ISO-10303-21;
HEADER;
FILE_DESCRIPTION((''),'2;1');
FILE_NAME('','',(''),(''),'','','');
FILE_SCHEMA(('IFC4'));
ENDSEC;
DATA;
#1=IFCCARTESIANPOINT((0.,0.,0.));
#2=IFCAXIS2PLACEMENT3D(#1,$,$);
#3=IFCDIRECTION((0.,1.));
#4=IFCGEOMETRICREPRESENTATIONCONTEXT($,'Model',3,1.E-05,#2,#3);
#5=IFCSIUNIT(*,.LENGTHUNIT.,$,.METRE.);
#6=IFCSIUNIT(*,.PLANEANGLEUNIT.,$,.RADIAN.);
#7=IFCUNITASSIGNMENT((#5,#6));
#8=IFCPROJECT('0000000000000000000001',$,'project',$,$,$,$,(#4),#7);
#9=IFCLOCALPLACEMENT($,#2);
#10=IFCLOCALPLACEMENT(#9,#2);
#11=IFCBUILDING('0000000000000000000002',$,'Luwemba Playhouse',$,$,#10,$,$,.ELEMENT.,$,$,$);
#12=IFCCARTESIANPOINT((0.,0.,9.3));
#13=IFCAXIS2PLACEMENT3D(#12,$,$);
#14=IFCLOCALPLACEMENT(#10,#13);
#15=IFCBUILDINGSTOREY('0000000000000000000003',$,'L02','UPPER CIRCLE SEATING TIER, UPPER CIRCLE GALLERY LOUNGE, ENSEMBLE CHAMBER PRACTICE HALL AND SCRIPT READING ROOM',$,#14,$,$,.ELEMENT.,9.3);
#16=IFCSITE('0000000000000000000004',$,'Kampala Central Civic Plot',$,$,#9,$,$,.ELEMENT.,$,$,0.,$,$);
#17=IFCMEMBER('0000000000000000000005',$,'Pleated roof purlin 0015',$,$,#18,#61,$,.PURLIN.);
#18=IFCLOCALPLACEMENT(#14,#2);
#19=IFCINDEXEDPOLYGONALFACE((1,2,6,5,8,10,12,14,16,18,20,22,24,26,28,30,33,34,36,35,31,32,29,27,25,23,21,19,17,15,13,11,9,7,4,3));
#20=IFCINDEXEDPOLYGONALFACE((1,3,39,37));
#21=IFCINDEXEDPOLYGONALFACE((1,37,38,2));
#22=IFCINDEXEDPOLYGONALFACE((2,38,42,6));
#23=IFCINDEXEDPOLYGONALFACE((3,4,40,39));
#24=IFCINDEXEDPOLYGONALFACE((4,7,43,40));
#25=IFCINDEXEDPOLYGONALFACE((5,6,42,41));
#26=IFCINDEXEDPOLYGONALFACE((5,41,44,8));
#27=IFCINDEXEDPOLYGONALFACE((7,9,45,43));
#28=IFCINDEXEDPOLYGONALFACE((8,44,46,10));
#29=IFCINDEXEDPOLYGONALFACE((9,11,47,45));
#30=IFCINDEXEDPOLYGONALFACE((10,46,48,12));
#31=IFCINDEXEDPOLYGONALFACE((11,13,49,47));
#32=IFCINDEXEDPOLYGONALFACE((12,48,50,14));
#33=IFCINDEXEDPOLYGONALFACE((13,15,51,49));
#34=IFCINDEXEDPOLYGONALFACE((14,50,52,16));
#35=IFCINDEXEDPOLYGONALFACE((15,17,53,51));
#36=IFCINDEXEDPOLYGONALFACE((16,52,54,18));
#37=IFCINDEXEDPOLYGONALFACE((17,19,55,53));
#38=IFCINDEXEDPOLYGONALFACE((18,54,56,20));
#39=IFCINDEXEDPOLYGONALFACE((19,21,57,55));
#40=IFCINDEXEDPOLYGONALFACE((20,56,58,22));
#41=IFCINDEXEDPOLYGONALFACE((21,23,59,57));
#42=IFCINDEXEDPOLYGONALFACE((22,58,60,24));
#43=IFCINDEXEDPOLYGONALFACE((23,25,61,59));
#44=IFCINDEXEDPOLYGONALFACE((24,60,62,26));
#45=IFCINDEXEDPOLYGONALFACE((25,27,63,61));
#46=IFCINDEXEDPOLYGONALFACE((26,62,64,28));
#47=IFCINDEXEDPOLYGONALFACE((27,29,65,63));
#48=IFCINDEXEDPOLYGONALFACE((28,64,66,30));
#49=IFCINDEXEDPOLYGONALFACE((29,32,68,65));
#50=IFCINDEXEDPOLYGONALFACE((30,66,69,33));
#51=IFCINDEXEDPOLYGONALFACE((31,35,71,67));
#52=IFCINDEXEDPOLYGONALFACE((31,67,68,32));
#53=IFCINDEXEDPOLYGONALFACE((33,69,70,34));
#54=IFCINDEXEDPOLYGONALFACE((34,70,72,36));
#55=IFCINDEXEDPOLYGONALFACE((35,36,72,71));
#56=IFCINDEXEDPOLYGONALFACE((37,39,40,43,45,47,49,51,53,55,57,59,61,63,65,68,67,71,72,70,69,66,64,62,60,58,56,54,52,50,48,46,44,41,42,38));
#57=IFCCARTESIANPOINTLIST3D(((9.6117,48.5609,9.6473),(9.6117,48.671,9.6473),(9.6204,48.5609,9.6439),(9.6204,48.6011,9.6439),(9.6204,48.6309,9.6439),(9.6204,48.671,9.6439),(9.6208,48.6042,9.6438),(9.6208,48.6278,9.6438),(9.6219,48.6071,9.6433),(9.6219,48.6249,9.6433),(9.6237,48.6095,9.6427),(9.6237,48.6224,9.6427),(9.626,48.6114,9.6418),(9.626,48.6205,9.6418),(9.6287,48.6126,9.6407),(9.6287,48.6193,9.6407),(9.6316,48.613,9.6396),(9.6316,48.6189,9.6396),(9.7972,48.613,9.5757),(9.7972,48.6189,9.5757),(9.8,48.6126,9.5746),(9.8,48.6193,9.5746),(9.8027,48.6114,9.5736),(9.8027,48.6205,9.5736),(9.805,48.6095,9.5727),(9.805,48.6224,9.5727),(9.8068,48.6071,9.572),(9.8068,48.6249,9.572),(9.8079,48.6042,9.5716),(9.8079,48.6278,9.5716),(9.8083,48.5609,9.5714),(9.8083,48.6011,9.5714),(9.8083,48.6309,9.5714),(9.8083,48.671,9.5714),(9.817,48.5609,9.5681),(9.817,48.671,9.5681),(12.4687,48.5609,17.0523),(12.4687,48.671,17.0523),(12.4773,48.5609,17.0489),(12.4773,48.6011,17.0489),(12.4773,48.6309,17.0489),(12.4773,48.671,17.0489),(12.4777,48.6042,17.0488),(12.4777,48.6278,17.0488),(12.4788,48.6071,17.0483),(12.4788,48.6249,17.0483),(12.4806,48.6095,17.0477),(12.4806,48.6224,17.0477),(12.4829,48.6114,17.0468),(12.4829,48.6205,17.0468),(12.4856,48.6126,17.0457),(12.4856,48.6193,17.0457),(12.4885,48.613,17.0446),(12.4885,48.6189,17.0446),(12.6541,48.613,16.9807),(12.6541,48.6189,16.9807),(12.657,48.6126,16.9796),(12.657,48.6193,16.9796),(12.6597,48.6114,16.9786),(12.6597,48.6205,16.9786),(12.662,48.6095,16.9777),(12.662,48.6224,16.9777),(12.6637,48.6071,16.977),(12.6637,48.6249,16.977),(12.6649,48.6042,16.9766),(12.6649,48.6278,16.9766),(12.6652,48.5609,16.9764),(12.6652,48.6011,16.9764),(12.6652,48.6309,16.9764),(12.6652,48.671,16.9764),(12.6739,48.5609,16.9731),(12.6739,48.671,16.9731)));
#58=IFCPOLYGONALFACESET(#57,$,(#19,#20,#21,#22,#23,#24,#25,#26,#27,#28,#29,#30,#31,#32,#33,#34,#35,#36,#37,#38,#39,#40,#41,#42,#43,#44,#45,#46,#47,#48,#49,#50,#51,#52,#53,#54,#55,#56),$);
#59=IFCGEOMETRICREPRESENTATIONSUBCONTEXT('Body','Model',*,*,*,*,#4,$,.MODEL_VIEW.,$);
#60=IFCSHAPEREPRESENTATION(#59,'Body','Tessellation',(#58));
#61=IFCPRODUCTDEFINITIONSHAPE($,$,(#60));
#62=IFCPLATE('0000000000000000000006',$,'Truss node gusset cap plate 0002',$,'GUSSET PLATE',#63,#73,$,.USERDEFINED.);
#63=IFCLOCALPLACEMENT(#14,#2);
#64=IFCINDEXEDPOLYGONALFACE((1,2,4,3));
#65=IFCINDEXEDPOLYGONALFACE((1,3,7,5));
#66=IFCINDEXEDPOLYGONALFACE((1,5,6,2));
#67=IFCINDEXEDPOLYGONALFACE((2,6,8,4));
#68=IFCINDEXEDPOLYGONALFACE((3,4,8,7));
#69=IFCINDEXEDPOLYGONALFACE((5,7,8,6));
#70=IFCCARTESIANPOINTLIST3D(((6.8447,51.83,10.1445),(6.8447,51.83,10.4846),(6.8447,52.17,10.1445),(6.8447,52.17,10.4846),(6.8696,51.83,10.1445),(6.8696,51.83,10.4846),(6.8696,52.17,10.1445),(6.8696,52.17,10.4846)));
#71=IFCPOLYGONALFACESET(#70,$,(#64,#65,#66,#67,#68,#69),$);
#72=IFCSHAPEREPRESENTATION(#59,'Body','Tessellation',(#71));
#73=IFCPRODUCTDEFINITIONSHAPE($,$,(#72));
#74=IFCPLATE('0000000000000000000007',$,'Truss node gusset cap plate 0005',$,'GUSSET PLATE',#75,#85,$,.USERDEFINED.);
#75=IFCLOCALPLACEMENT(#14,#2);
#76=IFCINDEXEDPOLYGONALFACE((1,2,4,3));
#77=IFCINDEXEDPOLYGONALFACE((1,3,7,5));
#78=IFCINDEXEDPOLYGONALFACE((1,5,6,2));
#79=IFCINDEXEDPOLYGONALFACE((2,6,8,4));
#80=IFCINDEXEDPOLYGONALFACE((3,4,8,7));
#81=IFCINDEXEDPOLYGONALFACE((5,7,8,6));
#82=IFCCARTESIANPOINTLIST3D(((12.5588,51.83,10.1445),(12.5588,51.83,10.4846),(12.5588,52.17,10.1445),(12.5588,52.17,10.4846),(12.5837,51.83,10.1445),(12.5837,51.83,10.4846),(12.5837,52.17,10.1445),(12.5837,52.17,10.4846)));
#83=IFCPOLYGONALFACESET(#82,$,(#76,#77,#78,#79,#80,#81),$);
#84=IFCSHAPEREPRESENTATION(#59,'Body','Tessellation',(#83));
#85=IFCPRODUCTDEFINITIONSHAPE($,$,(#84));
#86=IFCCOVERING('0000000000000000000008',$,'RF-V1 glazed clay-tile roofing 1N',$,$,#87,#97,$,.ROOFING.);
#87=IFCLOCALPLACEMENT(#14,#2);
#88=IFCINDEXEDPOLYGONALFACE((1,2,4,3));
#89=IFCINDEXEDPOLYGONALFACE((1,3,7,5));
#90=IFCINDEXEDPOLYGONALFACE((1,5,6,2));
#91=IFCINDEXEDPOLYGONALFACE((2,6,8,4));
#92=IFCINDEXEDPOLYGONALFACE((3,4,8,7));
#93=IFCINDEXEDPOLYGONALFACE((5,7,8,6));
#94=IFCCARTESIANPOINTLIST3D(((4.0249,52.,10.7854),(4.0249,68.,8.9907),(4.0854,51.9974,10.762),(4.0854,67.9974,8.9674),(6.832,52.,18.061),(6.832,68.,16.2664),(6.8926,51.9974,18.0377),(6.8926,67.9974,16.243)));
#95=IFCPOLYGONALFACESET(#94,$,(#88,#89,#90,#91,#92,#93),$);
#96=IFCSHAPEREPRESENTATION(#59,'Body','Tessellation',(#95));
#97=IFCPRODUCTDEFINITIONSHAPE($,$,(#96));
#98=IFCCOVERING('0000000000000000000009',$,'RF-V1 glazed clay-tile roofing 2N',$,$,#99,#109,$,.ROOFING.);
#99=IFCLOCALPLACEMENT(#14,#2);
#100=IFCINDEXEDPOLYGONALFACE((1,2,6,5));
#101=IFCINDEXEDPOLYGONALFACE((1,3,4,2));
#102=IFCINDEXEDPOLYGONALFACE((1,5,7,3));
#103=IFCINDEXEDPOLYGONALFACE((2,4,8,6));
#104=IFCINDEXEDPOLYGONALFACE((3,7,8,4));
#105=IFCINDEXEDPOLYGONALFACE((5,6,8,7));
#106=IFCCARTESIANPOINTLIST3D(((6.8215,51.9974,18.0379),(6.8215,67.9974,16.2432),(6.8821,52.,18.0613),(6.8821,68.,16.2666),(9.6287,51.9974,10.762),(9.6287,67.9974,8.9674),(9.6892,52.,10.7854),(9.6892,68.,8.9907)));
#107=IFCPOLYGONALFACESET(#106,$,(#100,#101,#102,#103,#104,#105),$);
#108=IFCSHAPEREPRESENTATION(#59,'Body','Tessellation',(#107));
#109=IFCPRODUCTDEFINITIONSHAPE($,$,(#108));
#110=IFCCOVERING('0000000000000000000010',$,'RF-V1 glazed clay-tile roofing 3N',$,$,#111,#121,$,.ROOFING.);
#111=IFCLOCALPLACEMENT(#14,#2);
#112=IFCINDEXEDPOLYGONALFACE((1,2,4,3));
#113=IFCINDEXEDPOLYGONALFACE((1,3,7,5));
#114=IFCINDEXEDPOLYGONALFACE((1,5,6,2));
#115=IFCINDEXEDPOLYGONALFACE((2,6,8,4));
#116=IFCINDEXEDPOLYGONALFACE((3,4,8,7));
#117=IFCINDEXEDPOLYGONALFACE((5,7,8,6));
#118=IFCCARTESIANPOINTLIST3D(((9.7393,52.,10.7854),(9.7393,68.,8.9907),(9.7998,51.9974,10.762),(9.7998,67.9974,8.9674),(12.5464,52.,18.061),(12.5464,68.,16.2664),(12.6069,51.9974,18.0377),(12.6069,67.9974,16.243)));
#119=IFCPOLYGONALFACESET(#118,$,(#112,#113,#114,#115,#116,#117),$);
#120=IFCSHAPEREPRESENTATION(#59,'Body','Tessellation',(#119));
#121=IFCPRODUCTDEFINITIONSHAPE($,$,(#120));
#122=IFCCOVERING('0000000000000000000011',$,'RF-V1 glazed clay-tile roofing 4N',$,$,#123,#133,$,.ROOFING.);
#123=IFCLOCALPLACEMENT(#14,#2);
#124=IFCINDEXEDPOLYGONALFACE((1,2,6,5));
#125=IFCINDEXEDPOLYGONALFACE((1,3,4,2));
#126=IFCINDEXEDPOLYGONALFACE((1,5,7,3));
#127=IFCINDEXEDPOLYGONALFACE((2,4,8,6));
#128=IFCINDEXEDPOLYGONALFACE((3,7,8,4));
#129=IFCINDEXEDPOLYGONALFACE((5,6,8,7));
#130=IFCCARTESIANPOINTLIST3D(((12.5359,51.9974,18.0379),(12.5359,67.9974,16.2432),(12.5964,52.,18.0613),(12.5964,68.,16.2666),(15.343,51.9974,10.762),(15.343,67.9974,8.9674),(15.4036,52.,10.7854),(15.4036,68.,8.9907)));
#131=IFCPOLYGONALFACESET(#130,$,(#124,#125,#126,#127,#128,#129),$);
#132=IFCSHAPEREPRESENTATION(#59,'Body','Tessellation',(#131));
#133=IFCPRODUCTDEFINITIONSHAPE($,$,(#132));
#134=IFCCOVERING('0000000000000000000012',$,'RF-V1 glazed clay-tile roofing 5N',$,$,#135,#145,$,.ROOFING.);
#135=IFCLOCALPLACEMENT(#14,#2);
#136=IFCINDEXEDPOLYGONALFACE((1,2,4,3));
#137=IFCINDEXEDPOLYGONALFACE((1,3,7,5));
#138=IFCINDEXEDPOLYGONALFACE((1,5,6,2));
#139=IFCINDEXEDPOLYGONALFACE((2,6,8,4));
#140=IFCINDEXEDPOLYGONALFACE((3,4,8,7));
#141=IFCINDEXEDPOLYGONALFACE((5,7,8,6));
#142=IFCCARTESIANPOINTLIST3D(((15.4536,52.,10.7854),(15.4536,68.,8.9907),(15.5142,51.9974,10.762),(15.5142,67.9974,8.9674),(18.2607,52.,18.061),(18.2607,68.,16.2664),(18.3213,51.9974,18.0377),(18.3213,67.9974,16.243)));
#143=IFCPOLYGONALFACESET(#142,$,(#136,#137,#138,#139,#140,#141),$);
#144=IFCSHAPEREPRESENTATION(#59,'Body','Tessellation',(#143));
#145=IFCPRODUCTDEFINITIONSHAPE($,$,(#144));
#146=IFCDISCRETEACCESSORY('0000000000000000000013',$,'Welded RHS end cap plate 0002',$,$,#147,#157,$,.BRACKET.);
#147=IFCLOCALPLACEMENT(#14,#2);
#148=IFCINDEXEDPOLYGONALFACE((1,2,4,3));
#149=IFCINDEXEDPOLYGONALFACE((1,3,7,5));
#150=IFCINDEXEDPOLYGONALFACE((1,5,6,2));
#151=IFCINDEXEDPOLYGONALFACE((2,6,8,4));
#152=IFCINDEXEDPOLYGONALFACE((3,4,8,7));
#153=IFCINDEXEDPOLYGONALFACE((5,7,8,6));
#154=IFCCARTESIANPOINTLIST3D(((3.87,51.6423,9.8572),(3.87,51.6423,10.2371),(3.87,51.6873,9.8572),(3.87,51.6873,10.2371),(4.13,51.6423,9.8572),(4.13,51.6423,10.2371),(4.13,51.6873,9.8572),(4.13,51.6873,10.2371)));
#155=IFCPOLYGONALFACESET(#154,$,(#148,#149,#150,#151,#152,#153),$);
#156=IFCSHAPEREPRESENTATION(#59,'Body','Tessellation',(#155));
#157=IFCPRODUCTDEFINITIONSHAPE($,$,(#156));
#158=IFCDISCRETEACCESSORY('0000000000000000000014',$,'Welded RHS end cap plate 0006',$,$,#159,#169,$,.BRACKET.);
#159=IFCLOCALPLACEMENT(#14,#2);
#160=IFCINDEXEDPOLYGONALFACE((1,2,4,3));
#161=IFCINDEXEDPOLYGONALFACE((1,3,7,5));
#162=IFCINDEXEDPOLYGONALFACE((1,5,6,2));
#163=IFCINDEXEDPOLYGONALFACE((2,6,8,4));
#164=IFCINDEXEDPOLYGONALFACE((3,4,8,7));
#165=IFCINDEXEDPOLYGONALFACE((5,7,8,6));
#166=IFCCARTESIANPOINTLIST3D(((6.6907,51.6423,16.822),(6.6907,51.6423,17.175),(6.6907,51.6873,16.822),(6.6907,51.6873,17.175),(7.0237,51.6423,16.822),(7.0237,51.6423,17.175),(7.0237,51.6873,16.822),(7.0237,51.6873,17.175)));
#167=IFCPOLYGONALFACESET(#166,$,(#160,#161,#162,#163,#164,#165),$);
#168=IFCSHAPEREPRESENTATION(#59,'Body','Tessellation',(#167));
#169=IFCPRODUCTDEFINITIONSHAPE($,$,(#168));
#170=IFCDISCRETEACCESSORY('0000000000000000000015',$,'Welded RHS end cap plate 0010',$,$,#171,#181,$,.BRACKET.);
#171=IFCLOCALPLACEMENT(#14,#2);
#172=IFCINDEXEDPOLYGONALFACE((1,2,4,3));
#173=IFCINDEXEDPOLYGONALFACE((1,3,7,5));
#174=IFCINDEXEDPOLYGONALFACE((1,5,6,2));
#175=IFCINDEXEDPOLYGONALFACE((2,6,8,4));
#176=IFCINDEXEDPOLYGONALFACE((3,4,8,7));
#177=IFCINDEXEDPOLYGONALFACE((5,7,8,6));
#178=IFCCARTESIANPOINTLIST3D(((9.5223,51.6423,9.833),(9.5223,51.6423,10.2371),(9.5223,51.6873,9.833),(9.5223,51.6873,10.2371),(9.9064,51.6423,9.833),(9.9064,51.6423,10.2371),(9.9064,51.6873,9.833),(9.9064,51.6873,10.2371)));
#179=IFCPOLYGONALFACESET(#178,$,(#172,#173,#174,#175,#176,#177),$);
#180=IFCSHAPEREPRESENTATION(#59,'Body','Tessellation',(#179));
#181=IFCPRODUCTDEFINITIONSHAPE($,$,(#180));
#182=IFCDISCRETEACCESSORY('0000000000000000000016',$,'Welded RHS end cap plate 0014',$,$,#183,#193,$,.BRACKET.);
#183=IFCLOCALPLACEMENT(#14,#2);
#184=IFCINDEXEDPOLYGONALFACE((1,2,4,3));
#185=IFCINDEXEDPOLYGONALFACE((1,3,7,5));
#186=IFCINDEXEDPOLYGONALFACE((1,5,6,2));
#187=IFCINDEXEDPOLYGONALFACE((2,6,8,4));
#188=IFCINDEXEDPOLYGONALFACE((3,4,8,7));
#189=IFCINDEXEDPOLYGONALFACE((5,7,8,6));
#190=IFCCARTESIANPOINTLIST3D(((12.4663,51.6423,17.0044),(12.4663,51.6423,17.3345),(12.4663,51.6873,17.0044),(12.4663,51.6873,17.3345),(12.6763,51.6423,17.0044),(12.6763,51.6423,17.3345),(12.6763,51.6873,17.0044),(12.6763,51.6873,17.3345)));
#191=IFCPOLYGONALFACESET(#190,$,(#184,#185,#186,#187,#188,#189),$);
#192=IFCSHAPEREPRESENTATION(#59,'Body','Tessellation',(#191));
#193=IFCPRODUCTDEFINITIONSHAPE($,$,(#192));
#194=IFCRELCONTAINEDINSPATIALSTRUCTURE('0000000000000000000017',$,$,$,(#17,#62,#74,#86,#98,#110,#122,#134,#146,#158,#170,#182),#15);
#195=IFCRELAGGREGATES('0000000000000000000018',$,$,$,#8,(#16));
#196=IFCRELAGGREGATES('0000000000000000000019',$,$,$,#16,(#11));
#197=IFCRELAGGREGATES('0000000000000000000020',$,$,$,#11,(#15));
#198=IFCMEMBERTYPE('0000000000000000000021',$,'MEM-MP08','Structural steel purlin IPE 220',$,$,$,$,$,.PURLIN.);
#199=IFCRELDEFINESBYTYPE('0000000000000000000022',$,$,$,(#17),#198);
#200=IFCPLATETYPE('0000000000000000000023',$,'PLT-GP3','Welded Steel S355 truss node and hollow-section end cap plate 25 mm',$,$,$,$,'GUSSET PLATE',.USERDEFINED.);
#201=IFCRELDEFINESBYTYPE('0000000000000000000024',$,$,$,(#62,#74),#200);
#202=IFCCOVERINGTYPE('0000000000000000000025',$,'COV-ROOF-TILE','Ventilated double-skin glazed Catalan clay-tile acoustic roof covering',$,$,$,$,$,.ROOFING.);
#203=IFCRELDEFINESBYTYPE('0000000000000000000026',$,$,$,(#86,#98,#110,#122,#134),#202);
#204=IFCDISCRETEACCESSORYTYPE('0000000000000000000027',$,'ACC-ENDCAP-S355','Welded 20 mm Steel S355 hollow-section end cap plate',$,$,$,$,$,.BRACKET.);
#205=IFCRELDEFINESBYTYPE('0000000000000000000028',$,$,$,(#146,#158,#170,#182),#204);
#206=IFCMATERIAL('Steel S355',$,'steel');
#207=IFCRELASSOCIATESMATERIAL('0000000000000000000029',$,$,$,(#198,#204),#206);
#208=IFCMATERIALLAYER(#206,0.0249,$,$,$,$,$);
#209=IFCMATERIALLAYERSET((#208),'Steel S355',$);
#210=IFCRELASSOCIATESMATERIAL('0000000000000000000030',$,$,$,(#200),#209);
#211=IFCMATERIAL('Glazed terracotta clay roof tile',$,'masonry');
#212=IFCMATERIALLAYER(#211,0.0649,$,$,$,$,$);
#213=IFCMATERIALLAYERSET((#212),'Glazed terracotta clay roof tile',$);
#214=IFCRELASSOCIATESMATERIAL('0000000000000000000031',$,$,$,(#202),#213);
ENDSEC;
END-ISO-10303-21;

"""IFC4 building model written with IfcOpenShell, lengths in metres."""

from ifc_helpers import new_model, si_unit, direction, frame, origin, origin_2d, place, context, subcontext, project, spatial, polyline, rectangle, i_section, outline, extrude, material, layer, layer_set, material_profile, profile_set, type_object, element, save


model = new_model("IFC4")

# Units and contexts
model_context = context("Model", 3, precision=1e-05, world=origin(), true_north=direction((0.0, 1.0)))
body_context = subcontext(model_context, "Body", "Model", "MODEL_VIEW")
ifc_project = project(units=[si_unit("LENGTHUNIT", "METRE"), si_unit("PLANEANGLEUNIT", "RADIAN")], contexts=[model_context])

# Site, building, storey
site_placement = place(None, origin())
site = spatial("IfcSite", under=ifc_project, at=site_placement, Name="Kampala Central Civic Plot", CompositionType="ELEMENT", RefElevation=0.0)
building_placement = place(site_placement, origin())
building = spatial("IfcBuilding", under=site, at=building_placement, Name="Luwemba Playhouse", CompositionType="ELEMENT")
storey_placement = place(building_placement, frame((0.0, 0.0, 9.3)))
storey = spatial("IfcBuildingStorey", under=building, at=storey_placement, Name="L02", Description="UPPER CIRCLE SEATING TIER, UPPER CIRCLE GALLERY LOUNGE, ENSEMBLE CHAMBER PRACTICE HALL AND SCRIPT READING ROOM", CompositionType="ELEMENT", Elevation=9.3)

# Shared definitions
ifc_material_1 = material(Name="Steel S355", Category="steel")

# Member
ifc_material_profile_1 = material_profile(ifc_material_1, i_section(OverallWidth=0.1101, OverallDepth=0.22, WebThickness=0.0059, FlangeThickness=0.0093, FilletRadius=0.012, at=origin_2d()))
ifc_profile_set_1 = profile_set([ifc_material_profile_1], Name="Steel S355")
member_type_1 = type_object("IfcMemberType", Name="MEM-MP08", Description="Structural steel purlin IPE 220", PredefinedType="PURLIN", material=ifc_profile_set_1)
member_1_placement = place(storey_placement, frame((9.7144, 48.616, 9.6077), z_axis=(0.35995, 0.0, 0.932972), x_axis=(0.0, 1.0, 0.0)))
element("IfcMember", 1, at=member_1_placement, inside=storey, type_object=member_type_1, Name="Pleated roof purlin 0015", PredefinedType="PURLIN", context=body_context, shape_type="SweptSolid", body=[
    extrude(i_section(OverallWidth=0.1101, OverallDepth=0.22, WebThickness=0.0059, FlangeThickness=0.0093, FilletRadius=0.012, at=origin_2d()), origin(), (0.0, 0.0, 1.0), 7.937),
])

# Plates
ifc_layer_1 = layer(ifc_material_1, 0.0249)
ifc_layer_set_1 = layer_set([ifc_layer_1], Name="Steel S355")
plate_type = type_object("IfcPlateType", Name="PLT-GP3", Description="Welded Steel S355 truss node and hollow-section end cap plate 25 mm", ElementType="GUSSET PLATE", PredefinedType="USERDEFINED", material=ifc_layer_set_1)
for number, where, z_axis, x_axis, name in (
    (2, (6.8572, 52.0, 10.1445), (0.0, 0.0, 1.0), (1.0, 0.0, 0.0), "Truss node gusset cap plate 0002"),
    (3, (12.5713, 52.0, 10.1445), (0.0, 0.0, 1.0), (1.0, 0.0, 0.0), "Truss node gusset cap plate 0005"),
):
    element("IfcPlate", number, at=place(storey_placement, frame(where, z_axis=z_axis, x_axis=x_axis)), inside=storey, type_object=plate_type, Name=name, ObjectType="GUSSET PLATE", PredefinedType="USERDEFINED", context=body_context, shape_type="SweptSolid", body=[
        extrude(rectangle(XDim=0.0249, YDim=0.3401, at=origin_2d()), origin(), (0.0, 0.0, 1.0), 0.3401),
    ])

# Coverings
ifc_material_2 = material(Name="Glazed terracotta clay roof tile", Category="masonry")
ifc_layer_2 = layer(ifc_material_2, 0.0649)
ifc_layer_set_2 = layer_set([ifc_layer_2], Name="Glazed terracotta clay roof tile")
covering_type = type_object("IfcCoveringType", Name="COV-ROOF-TILE", Description="Ventilated double-skin glazed Catalan clay-tile acoustic roof covering", PredefinedType="ROOFING", material=ifc_layer_set_2)
covering_1_placement = place(storey_placement, frame((4.0249, 52.0, 10.7854), z_axis=(-0.932207, 0.040343, 0.35967), x_axis=(0.359963, 0.0, 0.932967)))
element("IfcCovering", 4, at=covering_1_placement, inside=storey, type_object=covering_type, Name="RF-V1 glazed clay-tile roofing 1N", PredefinedType="ROOFING", context=body_context, shape_type="SweptSolid", body=[
    extrude(outline(polyline([(0.0, 0.0), (7.7984, 0.0), (6.124, 16.013), (-1.6744, 16.013), (0.0, 0.0)])), origin(), (0.0, 0.0, -1.0), 0.0649),
])
covering_2_placement = place(storey_placement, frame((6.8821, 52.0, 18.0613), z_axis=(0.932211, 0.040342, 0.359659), x_axis=(0.359952, 0.0, -0.932971)))
element("IfcCovering", 5, at=covering_2_placement, inside=storey, type_object=covering_type, Name="RF-V1 glazed clay-tile roofing 2N", PredefinedType="ROOFING", context=body_context, shape_type="SweptSolid", body=[
    extrude(outline(polyline([(0.0, 0.0), (7.7986, 0.0), (9.473, 16.013), (1.6744, 16.013), (0.0, 0.0)])), origin(), (0.0, 0.0, -1.0), 0.0649),
])
covering_3_placement = place(storey_placement, frame((9.7393, 52.0, 10.7854), z_axis=(-0.932207, 0.040343, 0.35967), x_axis=(0.359963, 0.0, 0.932967)))
element("IfcCovering", 6, at=covering_3_placement, inside=storey, type_object=covering_type, Name="RF-V1 glazed clay-tile roofing 3N", PredefinedType="ROOFING", context=body_context, shape_type="SweptSolid", body=[
    extrude(outline(polyline([(0.0, 0.0), (7.7984, 0.0), (6.124, 16.013), (-1.6744, 16.013), (0.0, 0.0)])), origin(), (0.0, 0.0, -1.0), 0.0649),
])
covering_4_placement = place(storey_placement, frame((12.5964, 52.0, 18.0613), z_axis=(0.932211, 0.040342, 0.359659), x_axis=(0.359952, 0.0, -0.932971)))
element("IfcCovering", 7, at=covering_4_placement, inside=storey, type_object=covering_type, Name="RF-V1 glazed clay-tile roofing 4N", PredefinedType="ROOFING", context=body_context, shape_type="SweptSolid", body=[
    extrude(outline(polyline([(0.0, 0.0), (7.7986, 0.0), (9.473, 16.013), (1.6744, 16.013), (0.0, 0.0)])), origin(), (0.0, 0.0, -1.0), 0.0649),
])
covering_5_placement = place(storey_placement, frame((15.4536, 52.0, 10.7854), z_axis=(-0.932207, 0.040343, 0.35967), x_axis=(0.359963, 0.0, 0.932967)))
element("IfcCovering", 8, at=covering_5_placement, inside=storey, type_object=covering_type, Name="RF-V1 glazed clay-tile roofing 5N", PredefinedType="ROOFING", context=body_context, shape_type="SweptSolid", body=[
    extrude(outline(polyline([(0.0, 0.0), (7.7984, 0.0), (6.124, 16.013), (-1.6744, 16.013), (0.0, 0.0)])), origin(), (0.0, 0.0, -1.0), 0.0649),
])

# Discrete accessories
discrete_accessory_type = type_object("IfcDiscreteAccessoryType", Name="ACC-ENDCAP-S355", Description="Welded 20 mm Steel S355 hollow-section end cap plate", PredefinedType="BRACKET", material=ifc_material_1)
discrete_accessory_1_placement = place(storey_placement, frame((4.0, 51.6648, 9.8572), z_axis=(0.0, 0.0, 1.0), x_axis=(1.0, 0.0, 0.0)))
element("IfcDiscreteAccessory", 9, at=discrete_accessory_1_placement, inside=storey, type_object=discrete_accessory_type, Name="Welded RHS end cap plate 0002", PredefinedType="BRACKET", context=body_context, shape_type="SweptSolid", body=[
    extrude(rectangle(XDim=0.26, YDim=0.0449, at=origin_2d()), origin(), (0.0, 0.0, 1.0), 0.3799),
])
discrete_accessory_2_placement = place(storey_placement, frame((6.8572, 51.6648, 16.822), z_axis=(0.0, 0.0, 1.0), x_axis=(1.0, 0.0, 0.0)))
element("IfcDiscreteAccessory", 10, at=discrete_accessory_2_placement, inside=storey, type_object=discrete_accessory_type, Name="Welded RHS end cap plate 0006", PredefinedType="BRACKET", context=body_context, shape_type="SweptSolid", body=[
    extrude(rectangle(XDim=0.333, YDim=0.0449, at=origin_2d()), origin(), (0.0, 0.0, 1.0), 0.353),
])
discrete_accessory_3_placement = place(storey_placement, frame((9.7144, 51.6648, 9.833), z_axis=(0.0, 0.0, 1.0), x_axis=(1.0, 0.0, 0.0)))
element("IfcDiscreteAccessory", 11, at=discrete_accessory_3_placement, inside=storey, type_object=discrete_accessory_type, Name="Welded RHS end cap plate 0010", PredefinedType="BRACKET", context=body_context, shape_type="SweptSolid", body=[
    extrude(rectangle(XDim=0.384, YDim=0.0449, at=origin_2d()), origin(), (0.0, 0.0, 1.0), 0.4041),
])
discrete_accessory_4_placement = place(storey_placement, frame((12.5713, 51.6648, 17.0044), z_axis=(0.0, 0.0, 1.0), x_axis=(1.0, 0.0, 0.0)))
element("IfcDiscreteAccessory", 12, at=discrete_accessory_4_placement, inside=storey, type_object=discrete_accessory_type, Name="Welded RHS end cap plate 0014", PredefinedType="BRACKET", context=body_context, shape_type="SweptSolid", body=[
    extrude(rectangle(XDim=0.21, YDim=0.0449, at=origin_2d()), origin(), (0.0, 0.0, 1.0), 0.3301),
])

save(model, "model.ifc")
